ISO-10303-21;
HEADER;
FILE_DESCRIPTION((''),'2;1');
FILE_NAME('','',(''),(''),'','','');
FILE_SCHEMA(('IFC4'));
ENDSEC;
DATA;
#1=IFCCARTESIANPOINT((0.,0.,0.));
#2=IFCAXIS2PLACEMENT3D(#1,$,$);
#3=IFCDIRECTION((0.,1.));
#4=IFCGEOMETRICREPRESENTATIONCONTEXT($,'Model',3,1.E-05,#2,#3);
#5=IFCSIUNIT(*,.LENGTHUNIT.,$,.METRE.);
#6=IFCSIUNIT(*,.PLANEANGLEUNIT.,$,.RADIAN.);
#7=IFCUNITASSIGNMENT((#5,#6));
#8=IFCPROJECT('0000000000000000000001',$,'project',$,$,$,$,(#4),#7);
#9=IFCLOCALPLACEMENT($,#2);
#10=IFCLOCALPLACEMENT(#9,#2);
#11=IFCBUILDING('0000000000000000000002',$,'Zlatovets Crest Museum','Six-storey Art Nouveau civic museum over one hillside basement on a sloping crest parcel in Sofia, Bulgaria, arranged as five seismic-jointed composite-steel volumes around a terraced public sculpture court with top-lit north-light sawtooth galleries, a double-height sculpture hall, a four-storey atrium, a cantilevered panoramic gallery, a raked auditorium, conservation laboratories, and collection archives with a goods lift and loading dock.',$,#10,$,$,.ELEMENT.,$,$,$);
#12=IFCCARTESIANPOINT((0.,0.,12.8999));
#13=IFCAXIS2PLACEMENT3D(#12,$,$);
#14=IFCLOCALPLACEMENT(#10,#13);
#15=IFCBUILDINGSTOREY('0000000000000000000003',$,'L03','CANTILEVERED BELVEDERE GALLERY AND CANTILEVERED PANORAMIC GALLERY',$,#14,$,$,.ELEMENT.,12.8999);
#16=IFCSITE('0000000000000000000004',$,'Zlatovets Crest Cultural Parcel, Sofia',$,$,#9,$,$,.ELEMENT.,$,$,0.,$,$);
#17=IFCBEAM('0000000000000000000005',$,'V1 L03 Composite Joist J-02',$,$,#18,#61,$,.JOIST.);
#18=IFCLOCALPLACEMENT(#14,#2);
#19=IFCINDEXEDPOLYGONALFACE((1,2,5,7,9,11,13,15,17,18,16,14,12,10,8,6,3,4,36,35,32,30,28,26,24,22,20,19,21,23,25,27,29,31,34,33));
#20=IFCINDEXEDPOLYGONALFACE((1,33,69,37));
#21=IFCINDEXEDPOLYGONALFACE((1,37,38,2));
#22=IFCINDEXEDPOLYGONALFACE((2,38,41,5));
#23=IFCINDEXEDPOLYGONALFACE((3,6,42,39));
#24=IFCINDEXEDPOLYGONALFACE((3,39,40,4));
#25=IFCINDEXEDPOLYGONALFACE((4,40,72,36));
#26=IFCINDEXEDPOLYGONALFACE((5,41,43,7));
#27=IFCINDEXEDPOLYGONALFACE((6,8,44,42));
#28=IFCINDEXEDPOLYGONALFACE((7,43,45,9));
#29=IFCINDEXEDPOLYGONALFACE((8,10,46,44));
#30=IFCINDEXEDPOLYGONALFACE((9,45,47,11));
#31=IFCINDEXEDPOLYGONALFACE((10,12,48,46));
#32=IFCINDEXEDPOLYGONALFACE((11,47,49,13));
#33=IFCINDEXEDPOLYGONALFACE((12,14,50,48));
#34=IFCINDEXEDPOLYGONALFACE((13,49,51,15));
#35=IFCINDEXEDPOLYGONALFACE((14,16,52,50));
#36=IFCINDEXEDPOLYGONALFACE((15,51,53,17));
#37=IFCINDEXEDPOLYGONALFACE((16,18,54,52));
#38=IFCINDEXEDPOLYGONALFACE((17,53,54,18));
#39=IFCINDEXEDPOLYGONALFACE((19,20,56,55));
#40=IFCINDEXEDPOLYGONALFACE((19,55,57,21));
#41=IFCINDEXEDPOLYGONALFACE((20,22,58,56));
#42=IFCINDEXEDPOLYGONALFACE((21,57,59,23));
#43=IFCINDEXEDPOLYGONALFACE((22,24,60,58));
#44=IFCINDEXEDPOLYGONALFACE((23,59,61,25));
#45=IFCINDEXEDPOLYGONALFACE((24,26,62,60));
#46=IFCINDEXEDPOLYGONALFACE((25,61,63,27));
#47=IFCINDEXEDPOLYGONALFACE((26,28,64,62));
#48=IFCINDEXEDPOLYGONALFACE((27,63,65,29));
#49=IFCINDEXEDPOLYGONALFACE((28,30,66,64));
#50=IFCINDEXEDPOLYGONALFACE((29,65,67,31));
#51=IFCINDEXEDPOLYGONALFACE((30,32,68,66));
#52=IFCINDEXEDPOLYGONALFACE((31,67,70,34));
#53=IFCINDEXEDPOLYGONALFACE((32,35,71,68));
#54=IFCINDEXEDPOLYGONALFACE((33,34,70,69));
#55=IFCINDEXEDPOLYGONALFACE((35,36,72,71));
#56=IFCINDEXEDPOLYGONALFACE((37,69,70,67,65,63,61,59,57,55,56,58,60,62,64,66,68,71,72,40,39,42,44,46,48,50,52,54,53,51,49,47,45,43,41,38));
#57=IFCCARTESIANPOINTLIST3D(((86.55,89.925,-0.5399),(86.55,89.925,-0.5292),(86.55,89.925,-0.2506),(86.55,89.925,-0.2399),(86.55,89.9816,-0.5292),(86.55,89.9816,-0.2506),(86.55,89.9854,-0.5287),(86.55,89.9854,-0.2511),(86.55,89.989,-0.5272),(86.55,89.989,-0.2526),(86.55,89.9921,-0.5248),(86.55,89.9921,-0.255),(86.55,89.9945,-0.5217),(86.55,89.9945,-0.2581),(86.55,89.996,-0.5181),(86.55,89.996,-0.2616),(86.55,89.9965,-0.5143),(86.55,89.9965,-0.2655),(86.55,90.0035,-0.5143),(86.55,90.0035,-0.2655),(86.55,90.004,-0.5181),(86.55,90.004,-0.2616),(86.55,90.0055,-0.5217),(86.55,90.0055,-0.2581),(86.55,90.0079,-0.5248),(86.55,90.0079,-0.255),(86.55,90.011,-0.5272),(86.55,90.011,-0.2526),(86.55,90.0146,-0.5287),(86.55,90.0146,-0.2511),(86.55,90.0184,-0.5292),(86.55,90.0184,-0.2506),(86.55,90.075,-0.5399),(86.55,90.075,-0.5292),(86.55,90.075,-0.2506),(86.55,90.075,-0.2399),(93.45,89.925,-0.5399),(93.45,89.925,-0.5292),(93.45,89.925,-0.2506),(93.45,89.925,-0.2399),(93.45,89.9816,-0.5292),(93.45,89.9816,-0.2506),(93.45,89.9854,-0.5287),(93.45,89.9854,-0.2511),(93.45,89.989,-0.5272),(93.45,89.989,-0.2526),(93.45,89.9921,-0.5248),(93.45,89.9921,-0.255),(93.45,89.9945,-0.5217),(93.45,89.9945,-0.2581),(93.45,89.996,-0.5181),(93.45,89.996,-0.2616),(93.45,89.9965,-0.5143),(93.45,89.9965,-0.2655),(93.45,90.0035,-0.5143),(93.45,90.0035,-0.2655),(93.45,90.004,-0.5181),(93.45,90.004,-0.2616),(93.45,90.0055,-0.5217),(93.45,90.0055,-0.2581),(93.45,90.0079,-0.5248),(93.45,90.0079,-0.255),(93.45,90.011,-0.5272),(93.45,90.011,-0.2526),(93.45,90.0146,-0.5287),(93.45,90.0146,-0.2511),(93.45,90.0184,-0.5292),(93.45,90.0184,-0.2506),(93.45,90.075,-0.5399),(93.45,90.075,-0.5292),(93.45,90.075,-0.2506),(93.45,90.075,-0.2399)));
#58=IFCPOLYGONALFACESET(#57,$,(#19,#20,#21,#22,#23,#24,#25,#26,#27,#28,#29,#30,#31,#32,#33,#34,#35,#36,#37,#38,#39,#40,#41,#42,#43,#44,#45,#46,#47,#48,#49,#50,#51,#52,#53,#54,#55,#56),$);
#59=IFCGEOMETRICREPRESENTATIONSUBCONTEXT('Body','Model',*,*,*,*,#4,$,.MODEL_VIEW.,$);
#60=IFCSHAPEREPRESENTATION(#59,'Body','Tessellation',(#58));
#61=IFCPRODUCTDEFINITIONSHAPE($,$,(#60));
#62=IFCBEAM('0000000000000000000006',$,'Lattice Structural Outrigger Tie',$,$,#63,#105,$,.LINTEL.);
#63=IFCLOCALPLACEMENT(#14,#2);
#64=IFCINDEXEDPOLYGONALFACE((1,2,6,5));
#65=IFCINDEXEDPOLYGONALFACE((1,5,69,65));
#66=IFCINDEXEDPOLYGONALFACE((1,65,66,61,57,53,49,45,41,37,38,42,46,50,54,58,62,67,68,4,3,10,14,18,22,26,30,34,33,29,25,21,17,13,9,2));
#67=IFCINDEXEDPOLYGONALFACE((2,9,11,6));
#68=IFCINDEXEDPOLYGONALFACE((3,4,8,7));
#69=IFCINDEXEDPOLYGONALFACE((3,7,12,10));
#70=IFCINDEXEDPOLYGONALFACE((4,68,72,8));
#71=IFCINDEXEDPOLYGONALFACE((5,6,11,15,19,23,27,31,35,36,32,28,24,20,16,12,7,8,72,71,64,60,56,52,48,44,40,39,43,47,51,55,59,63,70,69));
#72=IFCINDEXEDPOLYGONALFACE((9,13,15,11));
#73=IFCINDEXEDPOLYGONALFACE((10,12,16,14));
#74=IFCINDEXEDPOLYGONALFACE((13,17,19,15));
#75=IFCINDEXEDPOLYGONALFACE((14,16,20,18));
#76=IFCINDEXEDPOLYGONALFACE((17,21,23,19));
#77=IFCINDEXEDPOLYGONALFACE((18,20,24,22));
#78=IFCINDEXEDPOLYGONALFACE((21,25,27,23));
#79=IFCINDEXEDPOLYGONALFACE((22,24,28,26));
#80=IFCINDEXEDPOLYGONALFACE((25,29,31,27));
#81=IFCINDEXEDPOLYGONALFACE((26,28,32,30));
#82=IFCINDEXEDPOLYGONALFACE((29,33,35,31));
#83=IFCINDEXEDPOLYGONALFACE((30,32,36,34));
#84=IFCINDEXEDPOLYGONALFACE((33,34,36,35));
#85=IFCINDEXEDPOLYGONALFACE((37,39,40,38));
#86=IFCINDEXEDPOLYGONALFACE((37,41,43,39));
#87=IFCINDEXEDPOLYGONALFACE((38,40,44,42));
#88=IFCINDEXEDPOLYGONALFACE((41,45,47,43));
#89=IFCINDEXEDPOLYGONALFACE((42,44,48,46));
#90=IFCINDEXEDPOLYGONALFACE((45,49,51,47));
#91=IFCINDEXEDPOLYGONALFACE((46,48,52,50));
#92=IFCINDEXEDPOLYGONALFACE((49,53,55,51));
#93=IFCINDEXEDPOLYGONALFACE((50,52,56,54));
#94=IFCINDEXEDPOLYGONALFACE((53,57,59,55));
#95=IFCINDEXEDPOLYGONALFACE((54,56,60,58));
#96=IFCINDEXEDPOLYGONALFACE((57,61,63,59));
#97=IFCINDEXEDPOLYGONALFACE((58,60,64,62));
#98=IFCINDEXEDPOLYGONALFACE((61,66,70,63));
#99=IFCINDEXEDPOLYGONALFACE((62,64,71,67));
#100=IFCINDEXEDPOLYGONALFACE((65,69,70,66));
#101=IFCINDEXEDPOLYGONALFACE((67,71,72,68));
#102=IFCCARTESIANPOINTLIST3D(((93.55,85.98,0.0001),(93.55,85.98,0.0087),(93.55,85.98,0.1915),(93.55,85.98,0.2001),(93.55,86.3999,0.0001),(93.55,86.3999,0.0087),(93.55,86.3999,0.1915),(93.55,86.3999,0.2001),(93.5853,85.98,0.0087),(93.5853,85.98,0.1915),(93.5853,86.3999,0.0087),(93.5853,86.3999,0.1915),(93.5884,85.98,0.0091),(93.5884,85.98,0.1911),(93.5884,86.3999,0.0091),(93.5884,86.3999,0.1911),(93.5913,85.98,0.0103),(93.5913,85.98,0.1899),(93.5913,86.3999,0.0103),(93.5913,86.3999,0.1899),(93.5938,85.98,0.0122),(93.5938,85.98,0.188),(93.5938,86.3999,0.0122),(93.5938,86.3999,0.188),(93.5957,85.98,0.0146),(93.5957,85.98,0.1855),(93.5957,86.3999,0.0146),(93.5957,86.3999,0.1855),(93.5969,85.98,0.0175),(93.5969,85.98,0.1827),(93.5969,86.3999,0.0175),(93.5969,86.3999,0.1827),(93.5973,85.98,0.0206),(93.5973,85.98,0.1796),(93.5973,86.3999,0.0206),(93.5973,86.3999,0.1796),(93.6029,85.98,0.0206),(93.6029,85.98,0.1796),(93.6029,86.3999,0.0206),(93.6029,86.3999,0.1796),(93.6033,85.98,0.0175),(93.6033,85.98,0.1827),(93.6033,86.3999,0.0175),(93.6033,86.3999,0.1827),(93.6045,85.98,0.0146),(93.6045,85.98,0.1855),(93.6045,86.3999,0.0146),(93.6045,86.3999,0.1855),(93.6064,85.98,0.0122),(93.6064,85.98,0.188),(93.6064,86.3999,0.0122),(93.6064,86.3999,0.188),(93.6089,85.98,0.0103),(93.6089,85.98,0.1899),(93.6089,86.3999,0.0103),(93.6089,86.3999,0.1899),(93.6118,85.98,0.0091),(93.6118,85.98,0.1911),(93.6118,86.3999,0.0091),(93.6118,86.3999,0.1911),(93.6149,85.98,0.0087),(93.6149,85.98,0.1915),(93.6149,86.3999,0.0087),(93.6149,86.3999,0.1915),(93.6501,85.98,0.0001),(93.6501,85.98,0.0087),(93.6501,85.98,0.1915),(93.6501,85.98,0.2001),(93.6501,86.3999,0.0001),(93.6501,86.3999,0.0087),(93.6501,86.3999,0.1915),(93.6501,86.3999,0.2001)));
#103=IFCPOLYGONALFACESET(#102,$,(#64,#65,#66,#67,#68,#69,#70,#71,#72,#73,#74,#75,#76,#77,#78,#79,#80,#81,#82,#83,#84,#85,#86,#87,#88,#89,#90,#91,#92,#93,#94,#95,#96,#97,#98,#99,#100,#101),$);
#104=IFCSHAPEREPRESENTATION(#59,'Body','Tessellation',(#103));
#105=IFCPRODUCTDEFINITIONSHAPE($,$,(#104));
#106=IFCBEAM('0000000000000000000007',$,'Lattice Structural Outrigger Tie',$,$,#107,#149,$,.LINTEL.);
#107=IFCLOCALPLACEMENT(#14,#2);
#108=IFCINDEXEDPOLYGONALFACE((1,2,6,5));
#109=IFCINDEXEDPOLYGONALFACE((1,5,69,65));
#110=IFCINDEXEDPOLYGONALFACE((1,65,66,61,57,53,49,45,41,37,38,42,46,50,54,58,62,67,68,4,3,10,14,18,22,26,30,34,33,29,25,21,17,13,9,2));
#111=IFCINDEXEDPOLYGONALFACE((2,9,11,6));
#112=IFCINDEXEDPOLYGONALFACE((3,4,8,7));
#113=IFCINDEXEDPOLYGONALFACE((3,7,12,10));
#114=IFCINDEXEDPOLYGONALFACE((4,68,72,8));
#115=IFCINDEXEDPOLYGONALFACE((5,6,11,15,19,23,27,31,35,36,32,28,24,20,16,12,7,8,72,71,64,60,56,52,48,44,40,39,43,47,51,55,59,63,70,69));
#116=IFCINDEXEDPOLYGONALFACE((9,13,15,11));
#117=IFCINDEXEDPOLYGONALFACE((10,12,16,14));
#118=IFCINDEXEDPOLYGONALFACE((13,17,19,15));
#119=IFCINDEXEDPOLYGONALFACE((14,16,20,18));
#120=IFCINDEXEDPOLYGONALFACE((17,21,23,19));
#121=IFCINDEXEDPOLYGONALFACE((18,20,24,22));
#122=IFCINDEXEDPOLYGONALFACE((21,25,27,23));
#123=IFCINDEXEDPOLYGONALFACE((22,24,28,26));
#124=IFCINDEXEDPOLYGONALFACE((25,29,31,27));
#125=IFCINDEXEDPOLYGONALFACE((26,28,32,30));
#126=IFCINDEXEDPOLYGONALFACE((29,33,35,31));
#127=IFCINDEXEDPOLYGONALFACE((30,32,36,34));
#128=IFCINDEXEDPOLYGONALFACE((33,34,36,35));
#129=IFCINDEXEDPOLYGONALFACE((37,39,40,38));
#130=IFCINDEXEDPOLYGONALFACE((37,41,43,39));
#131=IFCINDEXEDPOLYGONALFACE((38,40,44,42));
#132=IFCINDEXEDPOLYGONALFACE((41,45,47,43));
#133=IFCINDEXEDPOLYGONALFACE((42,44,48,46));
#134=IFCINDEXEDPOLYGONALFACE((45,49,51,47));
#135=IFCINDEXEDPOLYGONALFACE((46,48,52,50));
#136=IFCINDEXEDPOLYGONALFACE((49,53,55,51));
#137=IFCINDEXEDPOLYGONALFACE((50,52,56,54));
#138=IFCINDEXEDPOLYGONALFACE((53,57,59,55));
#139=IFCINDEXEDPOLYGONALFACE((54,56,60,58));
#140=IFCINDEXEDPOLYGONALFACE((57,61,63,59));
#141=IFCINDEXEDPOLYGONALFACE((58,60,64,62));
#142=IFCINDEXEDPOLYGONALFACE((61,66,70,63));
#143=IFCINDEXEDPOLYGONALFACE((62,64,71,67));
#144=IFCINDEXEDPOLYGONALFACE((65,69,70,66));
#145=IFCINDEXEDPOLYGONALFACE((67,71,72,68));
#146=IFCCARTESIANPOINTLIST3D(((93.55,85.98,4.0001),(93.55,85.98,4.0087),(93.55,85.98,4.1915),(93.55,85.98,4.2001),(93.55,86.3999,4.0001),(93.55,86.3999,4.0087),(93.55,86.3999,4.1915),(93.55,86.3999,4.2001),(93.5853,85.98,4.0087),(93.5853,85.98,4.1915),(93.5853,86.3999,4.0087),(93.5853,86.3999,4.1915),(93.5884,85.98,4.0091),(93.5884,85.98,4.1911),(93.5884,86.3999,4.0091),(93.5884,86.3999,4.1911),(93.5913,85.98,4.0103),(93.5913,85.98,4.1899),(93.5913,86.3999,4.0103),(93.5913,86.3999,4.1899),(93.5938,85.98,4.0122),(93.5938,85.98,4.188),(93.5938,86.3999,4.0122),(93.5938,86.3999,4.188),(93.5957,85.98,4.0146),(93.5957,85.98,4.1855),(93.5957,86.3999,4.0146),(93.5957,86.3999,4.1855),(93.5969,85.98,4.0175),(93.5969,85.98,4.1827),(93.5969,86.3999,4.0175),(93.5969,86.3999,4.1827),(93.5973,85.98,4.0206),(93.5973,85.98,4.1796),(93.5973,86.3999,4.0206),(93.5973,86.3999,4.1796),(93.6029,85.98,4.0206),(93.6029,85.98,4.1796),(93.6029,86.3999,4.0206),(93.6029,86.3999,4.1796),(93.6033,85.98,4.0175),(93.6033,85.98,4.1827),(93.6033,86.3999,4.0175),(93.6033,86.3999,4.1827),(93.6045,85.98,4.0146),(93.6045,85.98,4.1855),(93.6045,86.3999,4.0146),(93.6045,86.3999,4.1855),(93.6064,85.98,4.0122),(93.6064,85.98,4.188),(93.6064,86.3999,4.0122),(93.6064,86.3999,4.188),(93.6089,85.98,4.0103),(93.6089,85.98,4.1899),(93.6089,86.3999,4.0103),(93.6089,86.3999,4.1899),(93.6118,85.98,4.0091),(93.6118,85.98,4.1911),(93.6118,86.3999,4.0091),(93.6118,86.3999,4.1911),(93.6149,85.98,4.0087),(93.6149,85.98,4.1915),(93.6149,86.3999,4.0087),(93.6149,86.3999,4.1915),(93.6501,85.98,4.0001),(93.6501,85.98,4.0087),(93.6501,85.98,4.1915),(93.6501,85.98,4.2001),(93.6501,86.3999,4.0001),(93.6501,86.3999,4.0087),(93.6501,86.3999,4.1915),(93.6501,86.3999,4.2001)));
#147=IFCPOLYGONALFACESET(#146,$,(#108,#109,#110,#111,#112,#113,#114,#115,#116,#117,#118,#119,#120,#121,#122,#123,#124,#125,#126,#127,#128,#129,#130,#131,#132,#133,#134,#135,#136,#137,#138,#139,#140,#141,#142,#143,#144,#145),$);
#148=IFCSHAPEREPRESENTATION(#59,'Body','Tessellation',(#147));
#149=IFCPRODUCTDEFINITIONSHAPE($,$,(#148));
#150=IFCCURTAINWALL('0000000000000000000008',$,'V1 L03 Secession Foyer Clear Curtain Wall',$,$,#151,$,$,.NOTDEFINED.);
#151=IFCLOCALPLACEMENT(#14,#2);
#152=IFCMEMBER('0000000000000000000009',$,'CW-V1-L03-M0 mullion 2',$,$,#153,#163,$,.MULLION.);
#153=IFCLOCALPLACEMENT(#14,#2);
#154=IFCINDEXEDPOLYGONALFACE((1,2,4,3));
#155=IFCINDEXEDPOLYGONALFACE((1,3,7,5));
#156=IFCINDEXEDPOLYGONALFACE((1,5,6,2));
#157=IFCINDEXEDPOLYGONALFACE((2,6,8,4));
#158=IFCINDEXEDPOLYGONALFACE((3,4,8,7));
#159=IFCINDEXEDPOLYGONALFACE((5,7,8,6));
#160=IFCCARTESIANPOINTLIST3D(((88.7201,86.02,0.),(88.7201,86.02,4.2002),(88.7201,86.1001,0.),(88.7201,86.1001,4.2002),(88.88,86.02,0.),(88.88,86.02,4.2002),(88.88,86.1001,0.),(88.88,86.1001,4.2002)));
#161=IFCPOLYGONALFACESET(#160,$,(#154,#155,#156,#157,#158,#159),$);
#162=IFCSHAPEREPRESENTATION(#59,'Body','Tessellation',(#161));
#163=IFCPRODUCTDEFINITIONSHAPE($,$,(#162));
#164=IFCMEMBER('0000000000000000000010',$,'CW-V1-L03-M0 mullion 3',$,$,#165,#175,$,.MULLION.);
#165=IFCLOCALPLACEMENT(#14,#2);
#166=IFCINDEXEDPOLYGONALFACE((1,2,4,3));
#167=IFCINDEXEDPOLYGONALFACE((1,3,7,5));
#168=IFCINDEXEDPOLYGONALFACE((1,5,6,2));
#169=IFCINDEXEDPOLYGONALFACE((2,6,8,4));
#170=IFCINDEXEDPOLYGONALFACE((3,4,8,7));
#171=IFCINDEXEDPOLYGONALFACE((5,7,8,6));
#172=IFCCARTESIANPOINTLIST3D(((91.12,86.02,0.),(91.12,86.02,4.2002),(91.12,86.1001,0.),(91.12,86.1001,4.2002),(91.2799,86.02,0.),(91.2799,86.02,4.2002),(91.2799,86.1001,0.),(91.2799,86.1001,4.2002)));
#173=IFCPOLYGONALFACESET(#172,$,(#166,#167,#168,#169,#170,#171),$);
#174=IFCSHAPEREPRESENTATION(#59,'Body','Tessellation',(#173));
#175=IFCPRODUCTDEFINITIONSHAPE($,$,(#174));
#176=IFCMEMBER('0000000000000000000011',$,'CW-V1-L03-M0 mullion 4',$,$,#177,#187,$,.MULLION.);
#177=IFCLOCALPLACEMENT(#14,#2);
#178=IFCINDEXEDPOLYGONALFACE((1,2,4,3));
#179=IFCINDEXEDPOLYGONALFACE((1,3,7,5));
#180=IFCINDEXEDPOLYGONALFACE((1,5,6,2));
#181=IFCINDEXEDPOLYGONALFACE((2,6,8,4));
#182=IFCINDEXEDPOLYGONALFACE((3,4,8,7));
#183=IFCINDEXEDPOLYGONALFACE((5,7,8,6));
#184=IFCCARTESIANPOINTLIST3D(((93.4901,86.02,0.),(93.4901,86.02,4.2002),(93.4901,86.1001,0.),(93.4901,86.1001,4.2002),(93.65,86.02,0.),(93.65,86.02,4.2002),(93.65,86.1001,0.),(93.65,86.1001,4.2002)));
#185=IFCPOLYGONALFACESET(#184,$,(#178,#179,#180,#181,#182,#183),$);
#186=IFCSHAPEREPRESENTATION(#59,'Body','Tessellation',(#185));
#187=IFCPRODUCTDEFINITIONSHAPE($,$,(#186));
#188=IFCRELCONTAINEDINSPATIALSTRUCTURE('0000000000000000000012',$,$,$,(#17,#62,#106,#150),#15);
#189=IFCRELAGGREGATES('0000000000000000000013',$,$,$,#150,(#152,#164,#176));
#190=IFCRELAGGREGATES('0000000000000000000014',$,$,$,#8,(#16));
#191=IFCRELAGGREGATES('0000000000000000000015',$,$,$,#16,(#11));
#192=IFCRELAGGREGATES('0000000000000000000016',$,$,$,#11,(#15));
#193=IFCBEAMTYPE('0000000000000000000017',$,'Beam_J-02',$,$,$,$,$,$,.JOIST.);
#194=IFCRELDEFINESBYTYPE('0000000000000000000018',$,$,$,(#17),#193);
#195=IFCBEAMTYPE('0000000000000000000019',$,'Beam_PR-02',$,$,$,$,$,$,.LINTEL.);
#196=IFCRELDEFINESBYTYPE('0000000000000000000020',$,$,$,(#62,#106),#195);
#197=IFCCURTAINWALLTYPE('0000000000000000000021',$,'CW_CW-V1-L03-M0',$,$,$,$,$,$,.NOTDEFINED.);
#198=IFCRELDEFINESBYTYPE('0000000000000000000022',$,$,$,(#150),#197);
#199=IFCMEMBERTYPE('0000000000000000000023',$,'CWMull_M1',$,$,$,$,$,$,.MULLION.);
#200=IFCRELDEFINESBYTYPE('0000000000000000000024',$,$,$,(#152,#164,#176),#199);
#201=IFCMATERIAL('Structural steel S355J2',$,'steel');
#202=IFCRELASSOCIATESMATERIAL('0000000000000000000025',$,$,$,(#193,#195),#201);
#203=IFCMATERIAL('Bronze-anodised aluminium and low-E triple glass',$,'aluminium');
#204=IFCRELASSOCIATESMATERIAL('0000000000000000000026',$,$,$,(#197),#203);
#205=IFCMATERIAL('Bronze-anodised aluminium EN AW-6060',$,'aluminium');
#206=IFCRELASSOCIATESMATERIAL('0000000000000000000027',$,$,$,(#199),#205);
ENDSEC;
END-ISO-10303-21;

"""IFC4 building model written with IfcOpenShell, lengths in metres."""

from ifc_helpers import new_model, si_unit, direction, frame, origin, origin_2d, place, context, subcontext, project, spatial, rectangle, i_section, extrude, material, material_profile, profile_set, type_object, element, aggregate, save


model = new_model("IFC4")

# Units and contexts
model_context = context("Model", 3, precision=1e-05, world=origin(), true_north=direction((0.0, 1.0)))
body_context = subcontext(model_context, "Body", "Model", "MODEL_VIEW")
ifc_project = project(units=[si_unit("LENGTHUNIT", "METRE"), si_unit("PLANEANGLEUNIT", "RADIAN")], contexts=[model_context])

# Site, building, storey
site_placement = place(None, origin())
site = spatial("IfcSite", under=ifc_project, at=site_placement, Name="Zlatovets Crest Cultural Parcel, Sofia", CompositionType="ELEMENT", RefElevation=0.0)
building_placement = place(site_placement, origin())
building = spatial("IfcBuilding", under=site, at=building_placement, Name="Zlatovets Crest Museum", Description="Six-storey Art Nouveau civic museum over one hillside basement on a sloping crest parcel in Sofia, Bulgaria, arranged as five seismic-jointed composite-steel volumes around a terraced public sculpture court with top-lit north-light sawtooth galleries, a double-height sculpture hall, a four-storey atrium, a cantilevered panoramic gallery, a raked auditorium, conservation laboratories, and collection archives with a goods lift and loading dock.", CompositionType="ELEMENT")
storey_placement = place(building_placement, frame((0.0, 0.0, 12.8999)))
storey = spatial("IfcBuildingStorey", under=building, at=storey_placement, Name="L03", Description="CANTILEVERED BELVEDERE GALLERY AND CANTILEVERED PANORAMIC GALLERY", CompositionType="ELEMENT", Elevation=12.8999)

# Shared definitions
ifc_material_1 = material(Name="Structural steel S355J2", Category="steel")

# Beams
ifc_material_profile_1 = material_profile(ifc_material_1, i_section(OverallWidth=0.1499, OverallDepth=0.3, WebThickness=0.0071, FlangeThickness=0.0107, FilletRadius=0.0149, at=origin_2d()), Name="IPE 300")
ifc_profile_set_1 = profile_set([ifc_material_profile_1], Name="Structural steel S355J2")
beam_type_1 = type_object("IfcBeamType", Name="Beam_J-02", PredefinedType="JOIST", material=ifc_profile_set_1)
beam_1_placement = place(storey_placement, frame((86.55, 90.0, -0.3899), z_axis=(1.0, 0.0, 0.0), x_axis=(0.0, 1.0, 0.0)))
element("IfcBeam", 1, at=beam_1_placement, inside=storey, type_object=beam_type_1, Name="V1 L03 Composite Joist J-02", PredefinedType="JOIST", context=body_context, shape_type="SweptSolid", body=[
    extrude(i_section(OverallWidth=0.1499, OverallDepth=0.3, WebThickness=0.0071, FlangeThickness=0.0107, FilletRadius=0.0149, at=origin_2d()), origin(), (0.0, 0.0, 1.0), 6.8999),
])
ifc_material_profile_2 = material_profile(ifc_material_1, i_section(OverallWidth=0.1001, OverallDepth=0.2, WebThickness=0.0056, FlangeThickness=0.0085, FilletRadius=0.012, at=origin_2d()), Name="IPE 200")
ifc_profile_set_2 = profile_set([ifc_material_profile_2], Name="Structural steel S355J2")
beam_type_2 = type_object("IfcBeamType", Name="Beam_PR-02", PredefinedType="LINTEL", material=ifc_profile_set_2)
for number, where, z_axis, x_axis, name in (
    (2, (93.6001, 86.3999, 0.1001), (0.0, -1.0, 0.0), (1.0, 0.0, 0.0), "Lattice Structural Outrigger Tie"),
    (3, (93.6001, 86.3999, 4.1001), (0.0, -1.0, 0.0), (1.0, 0.0, 0.0), "Lattice Structural Outrigger Tie"),
):
    element("IfcBeam", number, at=place(storey_placement, frame(where, z_axis=z_axis, x_axis=x_axis)), inside=storey, type_object=beam_type_2, Name=name, PredefinedType="LINTEL", context=body_context, shape_type="SweptSolid", body=[
        extrude(i_section(OverallWidth=0.1001, OverallDepth=0.2, WebThickness=0.0056, FlangeThickness=0.0085, FilletRadius=0.012, at=origin_2d()), origin(), (0.0, 0.0, 1.0), 0.4199),
    ])

# Curtain wall, members
ifc_material_2 = material(Name="Bronze-anodised aluminium and low-E triple glass", Category="aluminium")
curtain_wall_type = type_object("IfcCurtainWallType", Name="CW_CW-V1-L03-M0", PredefinedType="NOTDEFINED", material=ifc_material_2)
curtain_wall_placement = place(storey_placement, origin())
curtain_wall = element("IfcCurtainWall", 4, at=curtain_wall_placement, inside=storey, type_object=curtain_wall_type, Name="V1 L03 Secession Foyer Clear Curtain Wall", PredefinedType="NOTDEFINED")
ifc_material_3 = material(Name="Bronze-anodised aluminium EN AW-6060", Category="aluminium")
ifc_material_profile_3 = material_profile(ifc_material_3, rectangle(XDim=0.0801, YDim=0.1599, at=origin_2d()), Name="ALU 80x160")
ifc_profile_set_3 = profile_set([ifc_material_profile_3], Name="Bronze-anodised aluminium EN AW-6060")
member_type_1 = type_object("IfcMemberType", Name="CWMull_M1", PredefinedType="MULLION", material=ifc_profile_set_3)
member_1_placement = place(storey_placement, frame((88.8, 86.0601, 0.0), z_axis=(0.0, 0.0, 1.0), x_axis=(0.0, 1.0, 0.0)))
member_1 = element("IfcMember", 5, at=member_1_placement, type_object=member_type_1, Name="CW-V1-L03-M0 mullion 2", PredefinedType="MULLION", context=body_context, shape_type="SweptSolid", body=[
    extrude(rectangle(XDim=0.0801, YDim=0.1599, at=origin_2d()), origin(), (0.0, 0.0, 1.0), 4.2002),
])
member_2_placement = place(storey_placement, frame((91.2, 86.0601, 0.0), z_axis=(0.0, 0.0, 1.0), x_axis=(0.0, 1.0, 0.0)))
member_2 = element("IfcMember", 6, at=member_2_placement, type_object=member_type_1, Name="CW-V1-L03-M0 mullion 3", PredefinedType="MULLION", context=body_context, shape_type="SweptSolid", body=[
    extrude(rectangle(XDim=0.0801, YDim=0.1599, at=origin_2d()), origin(), (0.0, 0.0, 1.0), 4.2002),
])
member_3_placement = place(storey_placement, frame((93.5701, 86.0601, 0.0), z_axis=(0.0, 0.0, 1.0), x_axis=(0.0, 1.0, 0.0)))
member_3 = element("IfcMember", 7, at=member_3_placement, type_object=member_type_1, Name="CW-V1-L03-M0 mullion 4", PredefinedType="MULLION", context=body_context, shape_type="SweptSolid", body=[
    extrude(rectangle(XDim=0.0801, YDim=0.1599, at=origin_2d()), origin(), (0.0, 0.0, 1.0), 4.2002),
])
aggregate(curtain_wall, [member_1, member_2, member_3])

save(model, "model.ifc")
